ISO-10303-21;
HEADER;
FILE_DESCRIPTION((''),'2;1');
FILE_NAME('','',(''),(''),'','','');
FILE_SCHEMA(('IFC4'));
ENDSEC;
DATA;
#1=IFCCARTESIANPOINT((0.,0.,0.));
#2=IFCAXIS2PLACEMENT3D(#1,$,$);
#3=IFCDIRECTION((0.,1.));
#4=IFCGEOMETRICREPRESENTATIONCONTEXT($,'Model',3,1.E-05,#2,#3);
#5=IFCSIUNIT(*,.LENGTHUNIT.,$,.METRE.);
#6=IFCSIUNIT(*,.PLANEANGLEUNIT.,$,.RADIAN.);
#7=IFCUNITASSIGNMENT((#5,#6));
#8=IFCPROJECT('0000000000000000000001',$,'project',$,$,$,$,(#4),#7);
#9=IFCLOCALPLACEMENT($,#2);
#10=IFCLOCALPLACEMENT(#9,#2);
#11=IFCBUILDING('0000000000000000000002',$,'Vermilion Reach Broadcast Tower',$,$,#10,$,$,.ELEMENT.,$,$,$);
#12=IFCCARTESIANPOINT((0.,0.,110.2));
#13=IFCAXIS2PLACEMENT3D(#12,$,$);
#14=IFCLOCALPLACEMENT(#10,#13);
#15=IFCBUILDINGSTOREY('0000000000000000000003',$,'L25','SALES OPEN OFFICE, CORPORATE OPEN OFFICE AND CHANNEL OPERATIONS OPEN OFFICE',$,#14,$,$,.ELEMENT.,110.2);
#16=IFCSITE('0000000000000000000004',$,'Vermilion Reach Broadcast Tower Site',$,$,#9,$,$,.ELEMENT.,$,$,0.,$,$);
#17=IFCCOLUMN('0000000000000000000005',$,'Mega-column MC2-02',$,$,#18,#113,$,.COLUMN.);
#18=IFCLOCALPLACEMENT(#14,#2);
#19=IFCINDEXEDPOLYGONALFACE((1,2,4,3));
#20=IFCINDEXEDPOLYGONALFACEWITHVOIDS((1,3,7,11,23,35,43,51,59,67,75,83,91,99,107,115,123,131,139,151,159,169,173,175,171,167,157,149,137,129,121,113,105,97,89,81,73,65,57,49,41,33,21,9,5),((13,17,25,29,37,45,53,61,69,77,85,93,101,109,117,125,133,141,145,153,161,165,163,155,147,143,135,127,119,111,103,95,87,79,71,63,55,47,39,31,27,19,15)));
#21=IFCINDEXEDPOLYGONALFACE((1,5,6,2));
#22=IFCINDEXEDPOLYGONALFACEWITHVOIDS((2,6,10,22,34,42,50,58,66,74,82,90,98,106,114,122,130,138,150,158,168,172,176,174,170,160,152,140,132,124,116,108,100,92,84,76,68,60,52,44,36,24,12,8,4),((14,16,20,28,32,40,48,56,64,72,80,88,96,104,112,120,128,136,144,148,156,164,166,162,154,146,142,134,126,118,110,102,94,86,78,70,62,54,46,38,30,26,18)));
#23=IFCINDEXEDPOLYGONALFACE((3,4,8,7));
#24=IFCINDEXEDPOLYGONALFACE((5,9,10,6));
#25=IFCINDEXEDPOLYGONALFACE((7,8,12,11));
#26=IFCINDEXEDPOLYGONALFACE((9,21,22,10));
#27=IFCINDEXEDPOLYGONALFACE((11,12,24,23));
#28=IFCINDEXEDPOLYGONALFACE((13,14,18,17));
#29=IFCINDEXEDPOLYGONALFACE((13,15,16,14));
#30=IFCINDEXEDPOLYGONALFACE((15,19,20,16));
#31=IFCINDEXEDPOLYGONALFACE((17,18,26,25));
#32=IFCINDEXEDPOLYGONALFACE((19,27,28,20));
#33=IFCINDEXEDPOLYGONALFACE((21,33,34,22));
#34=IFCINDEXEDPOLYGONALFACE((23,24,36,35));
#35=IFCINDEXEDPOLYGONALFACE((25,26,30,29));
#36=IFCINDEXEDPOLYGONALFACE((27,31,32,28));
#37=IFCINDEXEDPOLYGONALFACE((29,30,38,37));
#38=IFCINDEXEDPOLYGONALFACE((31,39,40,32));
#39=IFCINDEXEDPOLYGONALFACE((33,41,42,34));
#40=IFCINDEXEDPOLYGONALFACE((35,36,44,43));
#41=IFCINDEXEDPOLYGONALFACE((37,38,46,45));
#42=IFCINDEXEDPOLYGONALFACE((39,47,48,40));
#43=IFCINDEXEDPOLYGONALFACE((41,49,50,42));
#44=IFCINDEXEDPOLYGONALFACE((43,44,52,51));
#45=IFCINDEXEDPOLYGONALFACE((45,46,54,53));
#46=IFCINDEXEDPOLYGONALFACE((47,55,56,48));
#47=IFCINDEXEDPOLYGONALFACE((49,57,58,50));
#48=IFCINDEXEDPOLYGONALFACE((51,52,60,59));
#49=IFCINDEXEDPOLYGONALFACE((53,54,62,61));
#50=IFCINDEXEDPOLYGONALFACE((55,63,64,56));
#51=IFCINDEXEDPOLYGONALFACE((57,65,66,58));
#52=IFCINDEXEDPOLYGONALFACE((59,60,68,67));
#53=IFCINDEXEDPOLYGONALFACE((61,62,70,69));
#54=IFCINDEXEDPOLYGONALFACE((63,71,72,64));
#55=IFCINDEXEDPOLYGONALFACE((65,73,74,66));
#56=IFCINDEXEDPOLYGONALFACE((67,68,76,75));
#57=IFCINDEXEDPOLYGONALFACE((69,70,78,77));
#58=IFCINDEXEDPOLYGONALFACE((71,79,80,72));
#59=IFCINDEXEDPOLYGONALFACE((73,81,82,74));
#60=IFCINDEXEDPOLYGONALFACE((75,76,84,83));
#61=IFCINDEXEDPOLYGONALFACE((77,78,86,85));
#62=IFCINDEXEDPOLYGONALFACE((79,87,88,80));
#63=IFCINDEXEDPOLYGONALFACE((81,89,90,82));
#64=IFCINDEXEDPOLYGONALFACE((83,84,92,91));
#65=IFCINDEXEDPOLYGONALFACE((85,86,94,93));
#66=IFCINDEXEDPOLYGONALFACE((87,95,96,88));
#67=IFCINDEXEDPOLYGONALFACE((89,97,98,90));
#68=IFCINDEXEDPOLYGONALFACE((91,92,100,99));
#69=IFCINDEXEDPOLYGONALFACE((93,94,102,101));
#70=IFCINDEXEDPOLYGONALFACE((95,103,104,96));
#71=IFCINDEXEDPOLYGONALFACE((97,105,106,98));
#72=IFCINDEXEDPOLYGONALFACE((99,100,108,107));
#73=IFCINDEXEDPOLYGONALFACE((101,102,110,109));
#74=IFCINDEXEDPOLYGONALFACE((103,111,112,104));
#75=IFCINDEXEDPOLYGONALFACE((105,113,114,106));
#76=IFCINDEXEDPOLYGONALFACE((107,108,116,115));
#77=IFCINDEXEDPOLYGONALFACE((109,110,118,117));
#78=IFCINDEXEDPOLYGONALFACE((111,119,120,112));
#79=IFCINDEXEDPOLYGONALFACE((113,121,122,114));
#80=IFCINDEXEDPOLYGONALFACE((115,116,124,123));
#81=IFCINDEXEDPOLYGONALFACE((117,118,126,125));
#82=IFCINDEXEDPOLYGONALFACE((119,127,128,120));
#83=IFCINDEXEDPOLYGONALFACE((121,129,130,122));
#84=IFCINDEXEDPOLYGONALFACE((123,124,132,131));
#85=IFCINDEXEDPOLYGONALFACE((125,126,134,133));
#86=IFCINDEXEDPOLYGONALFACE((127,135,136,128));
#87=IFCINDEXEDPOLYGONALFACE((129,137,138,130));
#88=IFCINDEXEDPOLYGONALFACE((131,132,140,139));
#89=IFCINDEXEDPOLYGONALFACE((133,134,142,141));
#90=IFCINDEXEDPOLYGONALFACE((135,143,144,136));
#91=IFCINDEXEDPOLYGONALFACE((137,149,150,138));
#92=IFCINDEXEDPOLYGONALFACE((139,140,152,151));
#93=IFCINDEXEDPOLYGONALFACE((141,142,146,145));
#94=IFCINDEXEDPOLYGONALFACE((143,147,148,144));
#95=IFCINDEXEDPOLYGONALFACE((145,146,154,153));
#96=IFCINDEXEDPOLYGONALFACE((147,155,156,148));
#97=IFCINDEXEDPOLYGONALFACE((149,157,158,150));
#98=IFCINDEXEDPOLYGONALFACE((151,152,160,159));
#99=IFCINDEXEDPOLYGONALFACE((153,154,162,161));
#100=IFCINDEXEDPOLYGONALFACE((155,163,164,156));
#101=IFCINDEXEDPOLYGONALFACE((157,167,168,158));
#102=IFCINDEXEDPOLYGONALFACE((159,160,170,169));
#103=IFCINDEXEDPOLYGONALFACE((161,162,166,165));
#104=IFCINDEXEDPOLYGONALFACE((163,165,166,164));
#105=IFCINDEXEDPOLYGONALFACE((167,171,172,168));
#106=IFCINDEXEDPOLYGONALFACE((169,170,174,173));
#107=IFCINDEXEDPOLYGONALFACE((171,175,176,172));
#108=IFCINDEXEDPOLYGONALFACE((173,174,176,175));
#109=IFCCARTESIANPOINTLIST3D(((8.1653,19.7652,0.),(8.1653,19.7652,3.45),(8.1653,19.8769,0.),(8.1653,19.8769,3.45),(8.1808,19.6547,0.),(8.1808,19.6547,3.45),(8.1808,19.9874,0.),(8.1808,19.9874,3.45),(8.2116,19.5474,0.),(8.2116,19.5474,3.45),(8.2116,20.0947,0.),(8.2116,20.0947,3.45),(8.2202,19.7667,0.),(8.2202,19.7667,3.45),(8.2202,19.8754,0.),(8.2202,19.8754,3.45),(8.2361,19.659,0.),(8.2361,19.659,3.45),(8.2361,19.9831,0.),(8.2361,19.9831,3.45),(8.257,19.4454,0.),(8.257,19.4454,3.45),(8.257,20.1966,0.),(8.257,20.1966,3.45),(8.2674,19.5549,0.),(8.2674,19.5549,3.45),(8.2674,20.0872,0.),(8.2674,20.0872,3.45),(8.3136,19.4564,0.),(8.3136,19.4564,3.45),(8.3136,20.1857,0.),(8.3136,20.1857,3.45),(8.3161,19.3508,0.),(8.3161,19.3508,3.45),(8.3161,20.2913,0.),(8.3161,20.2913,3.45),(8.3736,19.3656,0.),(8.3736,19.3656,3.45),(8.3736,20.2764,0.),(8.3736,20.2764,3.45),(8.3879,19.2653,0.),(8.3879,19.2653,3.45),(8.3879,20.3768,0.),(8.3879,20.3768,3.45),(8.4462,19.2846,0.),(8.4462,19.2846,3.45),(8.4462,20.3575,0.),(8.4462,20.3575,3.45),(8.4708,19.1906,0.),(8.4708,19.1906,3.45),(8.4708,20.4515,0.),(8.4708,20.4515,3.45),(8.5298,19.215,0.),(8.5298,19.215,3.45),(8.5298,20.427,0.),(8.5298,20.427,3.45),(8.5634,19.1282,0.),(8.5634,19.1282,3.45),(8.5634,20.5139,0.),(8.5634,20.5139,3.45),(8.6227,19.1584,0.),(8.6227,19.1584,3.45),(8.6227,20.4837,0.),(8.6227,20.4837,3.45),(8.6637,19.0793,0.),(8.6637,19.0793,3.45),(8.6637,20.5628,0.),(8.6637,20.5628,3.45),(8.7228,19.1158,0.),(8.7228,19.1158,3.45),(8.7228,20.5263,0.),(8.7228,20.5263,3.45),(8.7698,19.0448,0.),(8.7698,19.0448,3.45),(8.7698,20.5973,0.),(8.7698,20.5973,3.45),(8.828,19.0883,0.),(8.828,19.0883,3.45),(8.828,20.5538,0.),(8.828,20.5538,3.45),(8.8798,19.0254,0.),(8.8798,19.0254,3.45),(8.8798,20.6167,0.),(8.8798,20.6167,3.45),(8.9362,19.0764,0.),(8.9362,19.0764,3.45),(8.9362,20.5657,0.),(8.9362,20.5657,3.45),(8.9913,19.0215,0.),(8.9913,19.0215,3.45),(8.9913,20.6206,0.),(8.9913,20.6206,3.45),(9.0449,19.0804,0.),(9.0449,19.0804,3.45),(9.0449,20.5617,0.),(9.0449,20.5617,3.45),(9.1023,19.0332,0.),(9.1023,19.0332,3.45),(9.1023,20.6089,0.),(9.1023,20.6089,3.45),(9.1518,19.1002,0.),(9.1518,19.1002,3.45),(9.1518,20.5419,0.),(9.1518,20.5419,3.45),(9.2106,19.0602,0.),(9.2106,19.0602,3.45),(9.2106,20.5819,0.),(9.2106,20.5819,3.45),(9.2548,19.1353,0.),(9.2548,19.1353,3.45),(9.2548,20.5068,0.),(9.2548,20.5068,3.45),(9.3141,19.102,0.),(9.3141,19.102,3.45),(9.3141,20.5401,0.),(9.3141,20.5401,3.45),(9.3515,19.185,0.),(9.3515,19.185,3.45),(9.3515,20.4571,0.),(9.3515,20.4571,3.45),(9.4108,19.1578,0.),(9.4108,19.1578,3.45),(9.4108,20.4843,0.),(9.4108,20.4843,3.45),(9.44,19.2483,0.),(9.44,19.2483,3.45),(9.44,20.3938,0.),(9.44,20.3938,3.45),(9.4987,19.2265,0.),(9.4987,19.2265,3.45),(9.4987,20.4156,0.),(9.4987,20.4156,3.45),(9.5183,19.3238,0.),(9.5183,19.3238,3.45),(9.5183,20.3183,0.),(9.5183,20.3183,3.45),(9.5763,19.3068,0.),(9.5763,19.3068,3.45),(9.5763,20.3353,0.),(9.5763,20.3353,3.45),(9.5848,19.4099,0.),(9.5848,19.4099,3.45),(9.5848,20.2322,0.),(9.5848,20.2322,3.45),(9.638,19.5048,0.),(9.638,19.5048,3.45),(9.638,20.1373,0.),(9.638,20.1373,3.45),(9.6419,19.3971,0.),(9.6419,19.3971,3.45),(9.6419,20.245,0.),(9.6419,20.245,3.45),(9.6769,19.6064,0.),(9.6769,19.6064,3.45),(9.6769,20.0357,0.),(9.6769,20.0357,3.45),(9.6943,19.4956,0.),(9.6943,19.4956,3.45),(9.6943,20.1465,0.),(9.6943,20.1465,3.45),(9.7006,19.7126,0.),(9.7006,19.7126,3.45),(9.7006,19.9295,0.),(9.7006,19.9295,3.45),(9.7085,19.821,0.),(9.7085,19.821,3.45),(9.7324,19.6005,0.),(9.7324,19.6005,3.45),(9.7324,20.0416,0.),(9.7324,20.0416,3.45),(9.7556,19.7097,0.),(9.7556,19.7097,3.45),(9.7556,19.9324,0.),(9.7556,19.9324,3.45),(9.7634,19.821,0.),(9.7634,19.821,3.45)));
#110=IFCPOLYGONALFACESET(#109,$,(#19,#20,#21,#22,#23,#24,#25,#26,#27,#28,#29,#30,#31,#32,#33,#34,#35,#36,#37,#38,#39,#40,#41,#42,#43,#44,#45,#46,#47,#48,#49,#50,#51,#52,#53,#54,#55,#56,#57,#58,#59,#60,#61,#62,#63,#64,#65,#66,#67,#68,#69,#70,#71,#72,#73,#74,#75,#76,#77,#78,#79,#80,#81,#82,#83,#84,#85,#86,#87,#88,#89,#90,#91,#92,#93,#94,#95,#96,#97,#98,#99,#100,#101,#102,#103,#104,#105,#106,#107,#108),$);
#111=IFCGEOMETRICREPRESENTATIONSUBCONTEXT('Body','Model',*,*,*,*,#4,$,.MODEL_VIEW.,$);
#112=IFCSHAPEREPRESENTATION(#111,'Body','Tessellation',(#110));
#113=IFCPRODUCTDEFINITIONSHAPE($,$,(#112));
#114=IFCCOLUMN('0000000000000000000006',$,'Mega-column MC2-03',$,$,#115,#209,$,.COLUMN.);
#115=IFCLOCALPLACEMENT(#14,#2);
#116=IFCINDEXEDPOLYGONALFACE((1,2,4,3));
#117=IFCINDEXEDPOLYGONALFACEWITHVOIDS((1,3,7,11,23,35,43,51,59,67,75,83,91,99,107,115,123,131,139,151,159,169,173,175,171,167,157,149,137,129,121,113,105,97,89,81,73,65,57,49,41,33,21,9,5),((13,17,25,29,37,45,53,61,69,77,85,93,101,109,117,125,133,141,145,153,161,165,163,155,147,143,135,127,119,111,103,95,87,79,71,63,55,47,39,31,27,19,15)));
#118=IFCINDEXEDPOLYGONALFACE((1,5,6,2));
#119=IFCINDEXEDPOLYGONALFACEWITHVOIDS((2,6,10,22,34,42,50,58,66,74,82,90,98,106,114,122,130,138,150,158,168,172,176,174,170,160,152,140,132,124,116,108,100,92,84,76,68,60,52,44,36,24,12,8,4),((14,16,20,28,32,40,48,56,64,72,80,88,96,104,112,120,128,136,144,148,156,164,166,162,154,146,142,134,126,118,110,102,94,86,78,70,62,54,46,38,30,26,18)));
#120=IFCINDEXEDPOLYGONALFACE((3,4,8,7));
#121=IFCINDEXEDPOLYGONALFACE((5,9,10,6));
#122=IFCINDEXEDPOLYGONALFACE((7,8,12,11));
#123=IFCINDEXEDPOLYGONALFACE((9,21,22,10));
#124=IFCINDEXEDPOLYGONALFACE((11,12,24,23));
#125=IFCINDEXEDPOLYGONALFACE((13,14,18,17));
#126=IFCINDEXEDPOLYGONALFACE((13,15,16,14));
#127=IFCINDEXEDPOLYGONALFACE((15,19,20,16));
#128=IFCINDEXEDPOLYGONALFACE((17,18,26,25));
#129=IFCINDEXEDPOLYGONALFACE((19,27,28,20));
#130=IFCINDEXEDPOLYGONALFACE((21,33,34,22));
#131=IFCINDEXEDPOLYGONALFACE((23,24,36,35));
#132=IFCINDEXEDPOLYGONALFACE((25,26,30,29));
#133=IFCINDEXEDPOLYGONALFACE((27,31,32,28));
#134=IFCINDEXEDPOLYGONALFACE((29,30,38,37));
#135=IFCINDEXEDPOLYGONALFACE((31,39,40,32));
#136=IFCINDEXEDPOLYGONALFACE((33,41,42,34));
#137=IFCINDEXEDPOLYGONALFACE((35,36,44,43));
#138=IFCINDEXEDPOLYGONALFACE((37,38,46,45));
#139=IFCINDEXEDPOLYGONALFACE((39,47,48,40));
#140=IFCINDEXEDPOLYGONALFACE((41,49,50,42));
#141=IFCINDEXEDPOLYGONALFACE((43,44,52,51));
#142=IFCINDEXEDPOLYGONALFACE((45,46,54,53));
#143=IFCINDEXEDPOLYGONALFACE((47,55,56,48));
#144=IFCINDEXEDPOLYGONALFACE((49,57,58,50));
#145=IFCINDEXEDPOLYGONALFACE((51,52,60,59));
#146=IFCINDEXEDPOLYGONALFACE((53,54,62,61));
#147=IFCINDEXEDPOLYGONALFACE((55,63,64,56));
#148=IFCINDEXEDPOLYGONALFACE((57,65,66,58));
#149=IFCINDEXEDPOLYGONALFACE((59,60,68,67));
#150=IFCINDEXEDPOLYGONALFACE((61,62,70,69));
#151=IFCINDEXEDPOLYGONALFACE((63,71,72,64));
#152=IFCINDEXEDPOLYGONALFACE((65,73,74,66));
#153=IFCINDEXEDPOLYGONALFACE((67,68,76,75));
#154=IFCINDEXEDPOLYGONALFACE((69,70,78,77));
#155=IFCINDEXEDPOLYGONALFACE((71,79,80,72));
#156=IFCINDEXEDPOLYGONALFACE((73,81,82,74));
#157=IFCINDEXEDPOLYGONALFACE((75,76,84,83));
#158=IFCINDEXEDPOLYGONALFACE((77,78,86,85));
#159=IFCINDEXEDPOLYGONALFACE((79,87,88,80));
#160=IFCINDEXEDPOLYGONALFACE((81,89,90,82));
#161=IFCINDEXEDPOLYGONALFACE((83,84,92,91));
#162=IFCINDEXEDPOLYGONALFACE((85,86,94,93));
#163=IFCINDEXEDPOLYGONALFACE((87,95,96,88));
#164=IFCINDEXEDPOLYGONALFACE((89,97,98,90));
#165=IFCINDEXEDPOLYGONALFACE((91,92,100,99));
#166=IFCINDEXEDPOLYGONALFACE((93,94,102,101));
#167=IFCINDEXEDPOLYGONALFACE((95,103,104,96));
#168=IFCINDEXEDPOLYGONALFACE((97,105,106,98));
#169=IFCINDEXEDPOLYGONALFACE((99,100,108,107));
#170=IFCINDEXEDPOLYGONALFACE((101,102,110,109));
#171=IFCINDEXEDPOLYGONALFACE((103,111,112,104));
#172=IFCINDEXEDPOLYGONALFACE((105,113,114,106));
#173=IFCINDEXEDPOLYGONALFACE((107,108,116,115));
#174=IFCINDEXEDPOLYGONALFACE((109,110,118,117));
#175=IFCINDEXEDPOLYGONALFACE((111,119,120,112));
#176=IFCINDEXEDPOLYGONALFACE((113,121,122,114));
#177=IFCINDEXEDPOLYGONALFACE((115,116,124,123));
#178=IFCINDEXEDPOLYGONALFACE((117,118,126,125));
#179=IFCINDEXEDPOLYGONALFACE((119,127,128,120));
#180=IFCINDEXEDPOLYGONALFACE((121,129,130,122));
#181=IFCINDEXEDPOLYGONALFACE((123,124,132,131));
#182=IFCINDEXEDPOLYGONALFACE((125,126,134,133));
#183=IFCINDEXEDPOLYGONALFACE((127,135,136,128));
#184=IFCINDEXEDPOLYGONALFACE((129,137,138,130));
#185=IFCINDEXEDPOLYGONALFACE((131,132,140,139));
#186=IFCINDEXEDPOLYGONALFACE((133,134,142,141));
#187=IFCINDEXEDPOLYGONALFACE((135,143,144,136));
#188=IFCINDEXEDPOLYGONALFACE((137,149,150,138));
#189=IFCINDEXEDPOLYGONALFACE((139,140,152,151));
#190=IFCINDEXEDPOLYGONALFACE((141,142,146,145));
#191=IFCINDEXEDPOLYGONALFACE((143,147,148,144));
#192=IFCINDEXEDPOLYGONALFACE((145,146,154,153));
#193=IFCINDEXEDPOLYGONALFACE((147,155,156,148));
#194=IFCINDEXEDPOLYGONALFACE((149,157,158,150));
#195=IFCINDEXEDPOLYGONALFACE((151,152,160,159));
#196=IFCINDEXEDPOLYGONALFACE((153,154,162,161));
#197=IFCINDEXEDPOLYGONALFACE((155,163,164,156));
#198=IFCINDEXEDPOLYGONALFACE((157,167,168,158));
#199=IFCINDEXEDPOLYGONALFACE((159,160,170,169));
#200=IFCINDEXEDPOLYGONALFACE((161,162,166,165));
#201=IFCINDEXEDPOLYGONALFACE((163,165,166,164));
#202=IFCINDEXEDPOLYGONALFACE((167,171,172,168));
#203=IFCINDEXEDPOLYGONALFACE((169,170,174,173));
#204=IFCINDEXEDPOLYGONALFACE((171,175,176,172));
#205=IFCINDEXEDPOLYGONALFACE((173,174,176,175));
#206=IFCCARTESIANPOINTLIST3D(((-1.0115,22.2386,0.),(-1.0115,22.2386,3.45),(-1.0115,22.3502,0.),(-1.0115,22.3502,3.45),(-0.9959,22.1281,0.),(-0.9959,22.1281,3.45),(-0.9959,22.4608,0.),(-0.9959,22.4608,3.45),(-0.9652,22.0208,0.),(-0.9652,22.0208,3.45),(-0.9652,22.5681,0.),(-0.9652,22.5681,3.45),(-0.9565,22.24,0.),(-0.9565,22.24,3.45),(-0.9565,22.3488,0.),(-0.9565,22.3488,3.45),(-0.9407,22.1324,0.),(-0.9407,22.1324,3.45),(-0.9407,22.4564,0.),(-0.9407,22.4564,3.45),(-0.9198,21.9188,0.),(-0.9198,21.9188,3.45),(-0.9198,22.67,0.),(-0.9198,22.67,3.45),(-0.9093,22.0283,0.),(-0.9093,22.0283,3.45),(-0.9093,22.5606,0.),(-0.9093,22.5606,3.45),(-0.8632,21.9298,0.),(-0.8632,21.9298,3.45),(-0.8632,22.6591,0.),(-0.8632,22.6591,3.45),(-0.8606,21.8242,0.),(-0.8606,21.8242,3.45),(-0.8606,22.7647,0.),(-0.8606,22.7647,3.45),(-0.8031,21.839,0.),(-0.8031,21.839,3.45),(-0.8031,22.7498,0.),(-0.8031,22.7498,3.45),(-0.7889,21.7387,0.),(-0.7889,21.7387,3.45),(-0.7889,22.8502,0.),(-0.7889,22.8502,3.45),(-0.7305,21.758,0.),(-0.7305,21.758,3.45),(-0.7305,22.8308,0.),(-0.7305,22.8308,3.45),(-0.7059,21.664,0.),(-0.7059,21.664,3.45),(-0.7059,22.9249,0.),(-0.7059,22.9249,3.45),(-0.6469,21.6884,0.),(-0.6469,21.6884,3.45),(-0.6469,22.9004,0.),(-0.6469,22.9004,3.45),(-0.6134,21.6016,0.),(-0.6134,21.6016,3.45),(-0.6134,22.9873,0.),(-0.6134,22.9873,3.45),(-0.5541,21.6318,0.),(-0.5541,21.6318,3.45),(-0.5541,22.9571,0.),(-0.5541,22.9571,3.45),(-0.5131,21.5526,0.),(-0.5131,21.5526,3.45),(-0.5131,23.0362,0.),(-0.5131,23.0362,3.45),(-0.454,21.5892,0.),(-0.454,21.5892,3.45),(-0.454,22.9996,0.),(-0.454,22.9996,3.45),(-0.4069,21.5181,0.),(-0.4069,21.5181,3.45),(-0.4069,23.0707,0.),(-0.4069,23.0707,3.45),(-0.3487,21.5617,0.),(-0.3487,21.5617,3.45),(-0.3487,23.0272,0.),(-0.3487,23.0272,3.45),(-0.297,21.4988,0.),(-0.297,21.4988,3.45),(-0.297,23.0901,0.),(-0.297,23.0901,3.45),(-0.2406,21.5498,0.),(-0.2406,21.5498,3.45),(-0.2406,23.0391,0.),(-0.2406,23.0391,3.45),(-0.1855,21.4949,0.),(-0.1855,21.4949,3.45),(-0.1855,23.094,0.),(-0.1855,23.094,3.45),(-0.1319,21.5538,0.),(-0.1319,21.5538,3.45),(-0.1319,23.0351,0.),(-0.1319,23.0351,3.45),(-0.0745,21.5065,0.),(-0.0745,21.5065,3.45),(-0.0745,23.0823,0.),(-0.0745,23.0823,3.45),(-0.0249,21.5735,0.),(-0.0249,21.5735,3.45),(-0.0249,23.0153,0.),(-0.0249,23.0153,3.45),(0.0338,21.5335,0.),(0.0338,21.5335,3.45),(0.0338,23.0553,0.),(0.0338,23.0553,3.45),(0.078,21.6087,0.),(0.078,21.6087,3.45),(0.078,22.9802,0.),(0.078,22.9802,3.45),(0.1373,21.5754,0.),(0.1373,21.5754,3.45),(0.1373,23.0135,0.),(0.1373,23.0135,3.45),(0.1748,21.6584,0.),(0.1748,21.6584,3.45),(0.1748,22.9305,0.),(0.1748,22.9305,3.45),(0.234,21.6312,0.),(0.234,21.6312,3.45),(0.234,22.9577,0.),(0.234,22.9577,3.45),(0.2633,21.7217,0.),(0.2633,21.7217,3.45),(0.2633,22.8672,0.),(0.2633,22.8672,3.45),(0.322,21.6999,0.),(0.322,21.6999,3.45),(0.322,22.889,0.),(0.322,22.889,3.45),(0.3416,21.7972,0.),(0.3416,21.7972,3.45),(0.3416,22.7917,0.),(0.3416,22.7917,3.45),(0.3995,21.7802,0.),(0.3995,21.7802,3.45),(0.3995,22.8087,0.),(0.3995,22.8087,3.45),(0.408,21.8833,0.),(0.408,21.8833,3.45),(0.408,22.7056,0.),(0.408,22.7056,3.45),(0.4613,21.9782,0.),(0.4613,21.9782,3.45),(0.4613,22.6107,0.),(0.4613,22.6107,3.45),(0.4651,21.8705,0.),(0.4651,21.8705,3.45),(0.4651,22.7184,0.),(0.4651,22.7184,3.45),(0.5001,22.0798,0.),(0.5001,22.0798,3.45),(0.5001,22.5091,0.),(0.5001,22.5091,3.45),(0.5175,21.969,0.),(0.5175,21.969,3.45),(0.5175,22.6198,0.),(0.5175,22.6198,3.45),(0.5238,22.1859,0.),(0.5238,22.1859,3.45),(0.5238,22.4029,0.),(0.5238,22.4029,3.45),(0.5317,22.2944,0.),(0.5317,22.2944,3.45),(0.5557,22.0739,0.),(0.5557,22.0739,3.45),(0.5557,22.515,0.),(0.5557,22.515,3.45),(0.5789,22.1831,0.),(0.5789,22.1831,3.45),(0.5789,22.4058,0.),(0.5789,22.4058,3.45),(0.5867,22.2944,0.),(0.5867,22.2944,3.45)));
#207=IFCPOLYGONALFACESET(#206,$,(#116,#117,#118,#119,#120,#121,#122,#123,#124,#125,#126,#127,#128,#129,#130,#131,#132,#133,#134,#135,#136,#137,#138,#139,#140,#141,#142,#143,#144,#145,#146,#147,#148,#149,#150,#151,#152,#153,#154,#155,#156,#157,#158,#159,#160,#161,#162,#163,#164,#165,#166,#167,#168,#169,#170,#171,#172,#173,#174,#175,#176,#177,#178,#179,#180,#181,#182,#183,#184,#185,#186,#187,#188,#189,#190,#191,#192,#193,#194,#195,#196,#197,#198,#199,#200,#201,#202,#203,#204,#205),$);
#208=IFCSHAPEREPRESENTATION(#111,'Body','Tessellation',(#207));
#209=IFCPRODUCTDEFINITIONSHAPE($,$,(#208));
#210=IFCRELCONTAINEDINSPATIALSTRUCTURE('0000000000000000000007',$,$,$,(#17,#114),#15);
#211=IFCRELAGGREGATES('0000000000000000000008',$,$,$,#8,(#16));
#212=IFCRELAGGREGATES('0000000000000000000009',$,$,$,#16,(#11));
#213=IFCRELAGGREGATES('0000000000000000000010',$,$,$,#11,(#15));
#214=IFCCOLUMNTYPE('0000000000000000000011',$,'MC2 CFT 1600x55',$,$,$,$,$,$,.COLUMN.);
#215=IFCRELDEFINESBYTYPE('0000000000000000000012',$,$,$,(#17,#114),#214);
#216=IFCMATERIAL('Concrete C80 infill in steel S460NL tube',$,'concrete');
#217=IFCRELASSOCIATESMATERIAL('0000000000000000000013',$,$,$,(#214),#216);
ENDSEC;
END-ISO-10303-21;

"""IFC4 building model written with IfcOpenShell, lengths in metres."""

from ifc_helpers import new_model, si_unit, direction, frame, origin, origin_2d, place, context, subcontext, project, spatial, hollow_circle, extrude, material, material_profile, profile_set, type_object, element, save


model = new_model("IFC4")

# Units and contexts
model_context = context("Model", 3, precision=1e-05, world=origin(), true_north=direction((0.0, 1.0)))
body_context = subcontext(model_context, "Body", "Model", "MODEL_VIEW")
ifc_project = project(units=[si_unit("LENGTHUNIT", "METRE"), si_unit("PLANEANGLEUNIT", "RADIAN")], contexts=[model_context])

# Site, building, storey
site_placement = place(None, origin())
site = spatial("IfcSite", under=ifc_project, at=site_placement, Name="Vermilion Reach Broadcast Tower Site", CompositionType="ELEMENT", RefElevation=0.0)
building_placement = place(site_placement, origin())
building = spatial("IfcBuilding", under=site, at=building_placement, Name="Vermilion Reach Broadcast Tower", CompositionType="ELEMENT")
storey_placement = place(building_placement, frame((0.0, 0.0, 110.2)))
storey = spatial("IfcBuildingStorey", under=building, at=storey_placement, Name="L25", Description="SALES OPEN OFFICE, CORPORATE OPEN OFFICE AND CHANNEL OPERATIONS OPEN OFFICE", CompositionType="ELEMENT", Elevation=110.2)

# Columns
ifc_material_1 = material(Name="Concrete C80 infill in steel S460NL tube", Category="concrete")
ifc_material_profile_1 = material_profile(ifc_material_1, hollow_circle(Radius=0.8, WallThickness=0.0549, at=origin_2d()), Name="Concrete C80 infill in steel S460NL tube CFT 1600x55")
ifc_profile_set_1 = profile_set([ifc_material_profile_1], Name="Concrete C80 infill in steel S460NL tube")
column_type = type_object("IfcColumnType", Name="MC2 CFT 1600x55", PredefinedType="COLUMN", material=ifc_profile_set_1)
for number, where, z_axis, x_axis, name in (
    (1, (8.9634, 19.821, 0.0), (0.0, 0.0, 1.0), (1.0, 0.0, 0.0), "Mega-column MC2-02"),
    (2, (-0.2134, 22.2944, 0.0), (0.0, 0.0, 1.0), (1.0, 0.0, 0.0), "Mega-column MC2-03"),
):
    element("IfcColumn", number, at=place(storey_placement, frame(where, z_axis=z_axis, x_axis=x_axis)), inside=storey, type_object=column_type, Name=name, PredefinedType="COLUMN", context=body_context, shape_type="SweptSolid", body=[
        extrude(hollow_circle(Radius=0.8, WallThickness=0.0549, at=origin_2d()), origin(), (0.0, 0.0, 1.0), 3.45),
    ])

save(model, "model.ifc")
